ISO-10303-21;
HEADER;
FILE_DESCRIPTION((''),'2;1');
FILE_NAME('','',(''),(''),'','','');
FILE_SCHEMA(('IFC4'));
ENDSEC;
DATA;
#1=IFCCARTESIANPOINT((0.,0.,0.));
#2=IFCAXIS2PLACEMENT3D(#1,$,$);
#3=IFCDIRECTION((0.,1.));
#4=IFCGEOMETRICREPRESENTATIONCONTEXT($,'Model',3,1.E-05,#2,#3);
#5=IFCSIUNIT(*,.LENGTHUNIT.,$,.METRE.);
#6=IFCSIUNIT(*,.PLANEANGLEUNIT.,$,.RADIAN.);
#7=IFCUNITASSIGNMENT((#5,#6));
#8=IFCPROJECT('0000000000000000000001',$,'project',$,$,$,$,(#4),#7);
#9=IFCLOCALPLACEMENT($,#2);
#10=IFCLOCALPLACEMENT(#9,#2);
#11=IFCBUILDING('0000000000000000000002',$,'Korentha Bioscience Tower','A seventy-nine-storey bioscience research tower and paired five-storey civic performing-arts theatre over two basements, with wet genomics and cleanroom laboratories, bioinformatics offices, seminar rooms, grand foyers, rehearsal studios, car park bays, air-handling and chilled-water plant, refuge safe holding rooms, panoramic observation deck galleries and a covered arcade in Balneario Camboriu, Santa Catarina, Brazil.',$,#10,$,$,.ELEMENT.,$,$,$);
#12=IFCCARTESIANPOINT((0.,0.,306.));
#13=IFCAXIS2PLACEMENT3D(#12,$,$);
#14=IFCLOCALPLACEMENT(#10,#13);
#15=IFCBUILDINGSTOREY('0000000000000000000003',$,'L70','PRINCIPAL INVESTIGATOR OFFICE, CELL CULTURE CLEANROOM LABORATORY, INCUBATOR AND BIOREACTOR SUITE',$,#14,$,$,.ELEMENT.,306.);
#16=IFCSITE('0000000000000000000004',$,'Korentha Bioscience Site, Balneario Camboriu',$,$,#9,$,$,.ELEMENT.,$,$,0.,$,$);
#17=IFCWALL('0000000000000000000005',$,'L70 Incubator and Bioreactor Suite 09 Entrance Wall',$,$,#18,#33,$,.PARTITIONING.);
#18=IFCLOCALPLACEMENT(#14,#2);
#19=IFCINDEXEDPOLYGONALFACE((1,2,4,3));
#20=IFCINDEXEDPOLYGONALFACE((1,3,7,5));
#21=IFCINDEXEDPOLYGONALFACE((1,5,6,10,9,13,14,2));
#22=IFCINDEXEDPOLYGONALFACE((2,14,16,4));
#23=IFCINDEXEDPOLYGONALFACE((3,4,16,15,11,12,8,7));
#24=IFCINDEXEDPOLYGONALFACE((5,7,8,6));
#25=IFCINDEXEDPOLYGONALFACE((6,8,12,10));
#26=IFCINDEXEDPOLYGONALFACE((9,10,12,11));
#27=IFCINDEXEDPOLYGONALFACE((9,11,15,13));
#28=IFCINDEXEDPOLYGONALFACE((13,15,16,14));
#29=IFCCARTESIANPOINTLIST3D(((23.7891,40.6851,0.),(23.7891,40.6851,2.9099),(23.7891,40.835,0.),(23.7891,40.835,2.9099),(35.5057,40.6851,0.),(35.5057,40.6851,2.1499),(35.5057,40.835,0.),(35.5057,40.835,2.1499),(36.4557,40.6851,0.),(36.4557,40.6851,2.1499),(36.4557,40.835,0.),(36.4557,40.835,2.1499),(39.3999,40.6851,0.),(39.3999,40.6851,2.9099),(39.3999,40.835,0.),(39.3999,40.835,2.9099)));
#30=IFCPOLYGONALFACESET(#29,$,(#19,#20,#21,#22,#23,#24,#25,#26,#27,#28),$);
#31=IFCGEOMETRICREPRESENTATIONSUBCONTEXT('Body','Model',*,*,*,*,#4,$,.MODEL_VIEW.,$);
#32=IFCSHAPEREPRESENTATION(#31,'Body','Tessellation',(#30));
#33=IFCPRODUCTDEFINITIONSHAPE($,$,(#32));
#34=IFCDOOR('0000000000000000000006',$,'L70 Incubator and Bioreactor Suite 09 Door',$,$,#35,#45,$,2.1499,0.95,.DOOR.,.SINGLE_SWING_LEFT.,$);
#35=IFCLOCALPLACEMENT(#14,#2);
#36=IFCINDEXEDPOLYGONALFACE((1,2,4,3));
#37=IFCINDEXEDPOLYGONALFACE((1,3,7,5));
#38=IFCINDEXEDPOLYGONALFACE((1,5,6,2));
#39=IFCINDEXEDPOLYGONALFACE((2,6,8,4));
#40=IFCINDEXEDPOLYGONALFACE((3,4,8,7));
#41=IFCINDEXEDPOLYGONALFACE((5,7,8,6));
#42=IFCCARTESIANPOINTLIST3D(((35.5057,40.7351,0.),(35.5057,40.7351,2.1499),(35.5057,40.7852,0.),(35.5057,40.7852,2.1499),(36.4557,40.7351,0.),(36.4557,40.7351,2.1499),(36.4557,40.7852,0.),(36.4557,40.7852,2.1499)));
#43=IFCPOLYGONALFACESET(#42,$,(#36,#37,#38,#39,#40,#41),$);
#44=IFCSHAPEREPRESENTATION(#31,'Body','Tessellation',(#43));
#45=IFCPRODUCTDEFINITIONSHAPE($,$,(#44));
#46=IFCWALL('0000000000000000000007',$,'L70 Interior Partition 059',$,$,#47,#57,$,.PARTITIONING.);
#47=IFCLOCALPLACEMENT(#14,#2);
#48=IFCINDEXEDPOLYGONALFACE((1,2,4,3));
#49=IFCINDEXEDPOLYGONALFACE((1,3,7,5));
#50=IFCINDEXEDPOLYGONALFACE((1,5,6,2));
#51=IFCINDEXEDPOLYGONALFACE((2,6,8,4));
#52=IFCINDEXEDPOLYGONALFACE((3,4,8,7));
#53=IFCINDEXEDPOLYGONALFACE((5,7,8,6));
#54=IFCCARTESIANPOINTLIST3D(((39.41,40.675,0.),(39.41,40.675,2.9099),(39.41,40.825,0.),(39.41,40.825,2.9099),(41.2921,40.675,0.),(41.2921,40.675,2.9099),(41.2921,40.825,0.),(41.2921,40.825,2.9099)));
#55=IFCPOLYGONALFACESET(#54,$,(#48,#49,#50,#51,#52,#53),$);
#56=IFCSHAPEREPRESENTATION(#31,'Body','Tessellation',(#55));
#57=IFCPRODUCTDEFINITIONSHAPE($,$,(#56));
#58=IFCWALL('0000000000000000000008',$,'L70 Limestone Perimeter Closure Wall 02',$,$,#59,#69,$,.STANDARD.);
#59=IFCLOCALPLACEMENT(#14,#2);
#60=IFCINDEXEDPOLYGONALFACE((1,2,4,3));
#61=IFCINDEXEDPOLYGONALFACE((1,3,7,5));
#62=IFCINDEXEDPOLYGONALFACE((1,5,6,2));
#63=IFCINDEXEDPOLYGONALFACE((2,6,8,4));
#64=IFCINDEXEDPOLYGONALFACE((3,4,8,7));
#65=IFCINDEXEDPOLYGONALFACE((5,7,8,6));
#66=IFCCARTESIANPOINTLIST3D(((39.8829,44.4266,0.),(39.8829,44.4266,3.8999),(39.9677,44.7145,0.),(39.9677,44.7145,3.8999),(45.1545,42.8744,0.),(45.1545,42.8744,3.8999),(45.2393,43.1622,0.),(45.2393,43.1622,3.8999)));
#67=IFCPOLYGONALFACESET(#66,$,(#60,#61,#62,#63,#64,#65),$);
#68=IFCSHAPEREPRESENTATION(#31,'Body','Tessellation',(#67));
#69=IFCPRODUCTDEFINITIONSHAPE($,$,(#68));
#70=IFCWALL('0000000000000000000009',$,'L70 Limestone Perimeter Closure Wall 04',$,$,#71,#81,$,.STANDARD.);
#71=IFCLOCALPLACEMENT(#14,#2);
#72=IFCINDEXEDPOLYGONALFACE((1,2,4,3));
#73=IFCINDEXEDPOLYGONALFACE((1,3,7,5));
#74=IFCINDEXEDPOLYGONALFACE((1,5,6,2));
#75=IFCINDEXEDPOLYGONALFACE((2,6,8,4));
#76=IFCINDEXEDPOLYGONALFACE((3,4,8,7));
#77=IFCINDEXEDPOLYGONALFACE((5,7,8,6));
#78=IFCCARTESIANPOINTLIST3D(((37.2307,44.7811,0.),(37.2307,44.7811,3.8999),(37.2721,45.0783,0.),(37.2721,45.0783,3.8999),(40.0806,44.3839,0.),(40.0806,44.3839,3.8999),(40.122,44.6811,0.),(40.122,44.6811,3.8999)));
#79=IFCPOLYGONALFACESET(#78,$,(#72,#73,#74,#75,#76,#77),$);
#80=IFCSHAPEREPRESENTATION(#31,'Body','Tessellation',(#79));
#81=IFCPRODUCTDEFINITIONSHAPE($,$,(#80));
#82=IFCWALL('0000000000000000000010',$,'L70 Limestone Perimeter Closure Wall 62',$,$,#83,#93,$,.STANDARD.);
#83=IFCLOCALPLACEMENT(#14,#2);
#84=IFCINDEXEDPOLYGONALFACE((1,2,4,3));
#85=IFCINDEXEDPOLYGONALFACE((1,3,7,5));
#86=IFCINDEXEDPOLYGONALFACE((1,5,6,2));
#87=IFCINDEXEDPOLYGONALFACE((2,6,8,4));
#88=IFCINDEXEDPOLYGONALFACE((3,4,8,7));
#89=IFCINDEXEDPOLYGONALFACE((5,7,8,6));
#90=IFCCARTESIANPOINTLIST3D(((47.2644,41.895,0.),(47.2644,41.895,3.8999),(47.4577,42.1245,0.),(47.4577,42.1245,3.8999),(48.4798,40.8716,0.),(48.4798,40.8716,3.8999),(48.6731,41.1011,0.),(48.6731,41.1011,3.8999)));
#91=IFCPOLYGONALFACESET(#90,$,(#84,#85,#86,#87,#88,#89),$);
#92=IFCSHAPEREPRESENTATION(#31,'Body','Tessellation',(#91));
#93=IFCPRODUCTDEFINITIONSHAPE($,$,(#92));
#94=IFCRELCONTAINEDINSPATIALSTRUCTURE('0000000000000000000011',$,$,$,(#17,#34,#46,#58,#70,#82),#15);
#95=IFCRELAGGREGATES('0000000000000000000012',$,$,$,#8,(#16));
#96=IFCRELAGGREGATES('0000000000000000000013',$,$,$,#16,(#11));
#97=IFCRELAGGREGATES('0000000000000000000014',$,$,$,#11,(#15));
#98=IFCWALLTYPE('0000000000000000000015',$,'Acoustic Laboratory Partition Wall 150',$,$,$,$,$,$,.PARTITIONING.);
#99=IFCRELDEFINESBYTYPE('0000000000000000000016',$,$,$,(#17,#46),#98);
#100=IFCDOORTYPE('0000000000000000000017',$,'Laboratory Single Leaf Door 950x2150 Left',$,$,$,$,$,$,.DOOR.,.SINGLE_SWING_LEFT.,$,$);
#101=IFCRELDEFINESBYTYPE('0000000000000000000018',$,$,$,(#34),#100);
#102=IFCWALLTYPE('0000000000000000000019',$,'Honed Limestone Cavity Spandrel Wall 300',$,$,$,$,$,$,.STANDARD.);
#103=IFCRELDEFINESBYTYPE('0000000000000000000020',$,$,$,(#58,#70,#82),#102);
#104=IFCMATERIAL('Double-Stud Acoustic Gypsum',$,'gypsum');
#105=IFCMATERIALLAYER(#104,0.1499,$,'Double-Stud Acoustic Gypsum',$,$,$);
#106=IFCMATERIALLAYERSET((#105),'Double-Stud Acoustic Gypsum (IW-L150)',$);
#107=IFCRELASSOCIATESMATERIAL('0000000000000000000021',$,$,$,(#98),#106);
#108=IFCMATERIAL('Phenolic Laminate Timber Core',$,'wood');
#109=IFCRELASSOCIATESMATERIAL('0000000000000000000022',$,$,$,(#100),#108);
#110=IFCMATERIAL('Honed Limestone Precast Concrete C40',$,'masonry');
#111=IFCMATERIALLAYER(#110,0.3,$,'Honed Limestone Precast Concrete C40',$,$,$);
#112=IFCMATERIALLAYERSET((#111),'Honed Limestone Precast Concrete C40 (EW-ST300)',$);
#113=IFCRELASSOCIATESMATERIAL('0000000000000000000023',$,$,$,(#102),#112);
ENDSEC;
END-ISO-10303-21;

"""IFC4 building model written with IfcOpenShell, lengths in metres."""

from ifc_helpers import new_model, si_unit, direction, frame, frame_2d, origin, place, context, subcontext, project, spatial, rectangle, extrude, material, layer, layer_set, type_object, element, fill, save


model = new_model("IFC4")

# Units and contexts
model_context = context("Model", 3, precision=1e-05, world=origin(), true_north=direction((0.0, 1.0)))
body_context = subcontext(model_context, "Body", "Model", "MODEL_VIEW")
ifc_project = project(units=[si_unit("LENGTHUNIT", "METRE"), si_unit("PLANEANGLEUNIT", "RADIAN")], contexts=[model_context])

# Site, building, storey
site_placement = place(None, origin())
site = spatial("IfcSite", under=ifc_project, at=site_placement, Name="Korentha Bioscience Site, Balneario Camboriu", CompositionType="ELEMENT", RefElevation=0.0)
building_placement = place(site_placement, origin())
building = spatial("IfcBuilding", under=site, at=building_placement, Name="Korentha Bioscience Tower", Description="A seventy-nine-storey bioscience research tower and paired five-storey civic performing-arts theatre over two basements, with wet genomics and cleanroom laboratories, bioinformatics offices, seminar rooms, grand foyers, rehearsal studios, car park bays, air-handling and chilled-water plant, refuge safe holding rooms, panoramic observation deck galleries and a covered arcade in Balneario Camboriu, Santa Catarina, Brazil.", CompositionType="ELEMENT")
storey_placement = place(building_placement, frame((0.0, 0.0, 306.0)))
storey = spatial("IfcBuildingStorey", under=building, at=storey_placement, Name="L70", Description="PRINCIPAL INVESTIGATOR OFFICE, CELL CULTURE CLEANROOM LABORATORY, INCUBATOR AND BIOREACTOR SUITE", CompositionType="ELEMENT", Elevation=306.0)

# Wall, opening, door
ifc_material_1 = material(Name="Double-Stud Acoustic Gypsum", Category="gypsum")
ifc_layer_1 = layer(ifc_material_1, 0.1499, Name="Double-Stud Acoustic Gypsum")
ifc_layer_set_1 = layer_set([ifc_layer_1], Name="Double-Stud Acoustic Gypsum (IW-L150)")
wall_type_1 = type_object("IfcWallType", Name="Acoustic Laboratory Partition Wall 150", PredefinedType="PARTITIONING", material=ifc_layer_set_1)
wall_1_placement = place(storey_placement, frame((39.3999, 40.76, 0.0), z_axis=(0.0, 0.0, 1.0), x_axis=(-1.0, 0.0, 0.0)))
wall_1 = element("IfcWall", 1, at=wall_1_placement, inside=storey, type_object=wall_type_1, Name="L70 Incubator and Bioreactor Suite 09 Entrance Wall", PredefinedType="PARTITIONING", context=body_context, shape_type="SweptSolid", body=[
    extrude(rectangle(XDim=15.6108, YDim=0.1499, at=frame_2d((7.8054, 0.0))), origin(), (0.0, 0.0, 1.0), 2.9099),
])
opening_placement = place(wall_1_placement, frame((2.9441, 0.0, 0.0)))
opening = element("IfcOpeningElement", 2, at=opening_placement, cuts=wall_1, PredefinedType="OPENING", context=body_context, shape_type="SweptSolid", body=[
    extrude(rectangle(XDim=0.95, YDim=2.1499, at=frame_2d((0.4751, 1.075))), frame((0.0, 0.0898, 0.0), z_axis=(0.0, -1.0, 0.0), x_axis=(1.0, 0.0, 0.0)), (0.0, 0.0, 1.0), 0.1797),
])
ifc_material_2 = material(Name="Phenolic Laminate Timber Core", Category="wood")
door_type = type_object("IfcDoorType", Name="Laboratory Single Leaf Door 950x2150 Left", OperationType="SINGLE_SWING_LEFT", PredefinedType="DOOR", material=ifc_material_2)
door_placement = place(opening_placement, origin())
door = element("IfcDoor", 3, at=door_placement, inside=storey, type_object=door_type, Name="L70 Incubator and Bioreactor Suite 09 Door", OperationType="SINGLE_SWING_LEFT", OverallHeight=2.1499, OverallWidth=0.95, PredefinedType="DOOR", context=body_context, shape_type="SweptSolid", body=[
    extrude(rectangle(XDim=0.95, YDim=2.1499, at=frame_2d((0.4751, 1.075))), frame((0.0, 0.0249, 0.0), z_axis=(0.0, -1.0, 0.0), x_axis=(1.0, 0.0, 0.0)), (0.0, 0.0, 1.0), 0.05),
])
fill(opening, door)

# Walls
wall_2_placement = place(storey_placement, frame((41.292, 40.75, 0.0), z_axis=(0.0, 0.0, 1.0), x_axis=(-1.0, 0.0, 0.0)))
element("IfcWall", 4, at=wall_2_placement, inside=storey, type_object=wall_type_1, Name="L70 Interior Partition 059", PredefinedType="PARTITIONING", context=body_context, shape_type="SweptSolid", body=[
    extrude(rectangle(XDim=1.8821, YDim=0.1499, at=frame_2d((0.9409, 0.0))), origin(), (0.0, 0.0, 1.0), 2.9099),
])
ifc_material_3 = material(Name="Honed Limestone Precast Concrete C40", Category="masonry")
ifc_layer_2 = layer(ifc_material_3, 0.3, Name="Honed Limestone Precast Concrete C40")
ifc_layer_set_2 = layer_set([ifc_layer_2], Name="Honed Limestone Precast Concrete C40 (EW-ST300)")
wall_type_2 = type_object("IfcWallType", Name="Honed Limestone Cavity Spandrel Wall 300", PredefinedType="STANDARD", material=ifc_layer_set_2)
wall_3_placement = place(storey_placement, frame((45.1968, 43.0183, 0.0), z_axis=(0.0, 0.0, 1.0), x_axis=(-0.959276, 0.282469, 0.0)))
element("IfcWall", 5, at=wall_3_placement, inside=storey, type_object=wall_type_2, Name="L70 Limestone Perimeter Closure Wall 02", PredefinedType="STANDARD", context=body_context, shape_type="SweptSolid", body=[
    extrude(rectangle(XDim=5.4954, YDim=0.3, at=frame_2d((2.7476, 0.0))), origin(), (0.0, 0.0, 1.0), 3.8999),
])
wall_4_placement = place(storey_placement, frame((40.1013, 44.5325, 0.0), z_axis=(0.0, 0.0, 1.0), x_axis=(-0.990426, 0.138047, 0.0)))
element("IfcWall", 6, at=wall_4_placement, inside=storey, type_object=wall_type_2, Name="L70 Limestone Perimeter Closure Wall 04", PredefinedType="STANDARD", context=body_context, shape_type="SweptSolid", body=[
    extrude(rectangle(XDim=2.8774, YDim=0.3, at=frame_2d((1.4387, 0.0))), origin(), (0.0, 0.0, 1.0), 3.8999),
])
wall_5_placement = place(storey_placement, frame((48.5764, 40.9863, 0.0), z_axis=(0.0, 0.0, 1.0), x_axis=(-0.764911, 0.644136, 0.0)))
element("IfcWall", 7, at=wall_5_placement, inside=storey, type_object=wall_type_2, Name="L70 Limestone Perimeter Closure Wall 62", PredefinedType="STANDARD", context=body_context, shape_type="SweptSolid", body=[
    extrude(rectangle(XDim=1.5889, YDim=0.3, at=frame_2d((0.7944, 0.0))), origin(), (0.0, 0.0, 1.0), 3.8999),
])

save(model, "model.ifc")
